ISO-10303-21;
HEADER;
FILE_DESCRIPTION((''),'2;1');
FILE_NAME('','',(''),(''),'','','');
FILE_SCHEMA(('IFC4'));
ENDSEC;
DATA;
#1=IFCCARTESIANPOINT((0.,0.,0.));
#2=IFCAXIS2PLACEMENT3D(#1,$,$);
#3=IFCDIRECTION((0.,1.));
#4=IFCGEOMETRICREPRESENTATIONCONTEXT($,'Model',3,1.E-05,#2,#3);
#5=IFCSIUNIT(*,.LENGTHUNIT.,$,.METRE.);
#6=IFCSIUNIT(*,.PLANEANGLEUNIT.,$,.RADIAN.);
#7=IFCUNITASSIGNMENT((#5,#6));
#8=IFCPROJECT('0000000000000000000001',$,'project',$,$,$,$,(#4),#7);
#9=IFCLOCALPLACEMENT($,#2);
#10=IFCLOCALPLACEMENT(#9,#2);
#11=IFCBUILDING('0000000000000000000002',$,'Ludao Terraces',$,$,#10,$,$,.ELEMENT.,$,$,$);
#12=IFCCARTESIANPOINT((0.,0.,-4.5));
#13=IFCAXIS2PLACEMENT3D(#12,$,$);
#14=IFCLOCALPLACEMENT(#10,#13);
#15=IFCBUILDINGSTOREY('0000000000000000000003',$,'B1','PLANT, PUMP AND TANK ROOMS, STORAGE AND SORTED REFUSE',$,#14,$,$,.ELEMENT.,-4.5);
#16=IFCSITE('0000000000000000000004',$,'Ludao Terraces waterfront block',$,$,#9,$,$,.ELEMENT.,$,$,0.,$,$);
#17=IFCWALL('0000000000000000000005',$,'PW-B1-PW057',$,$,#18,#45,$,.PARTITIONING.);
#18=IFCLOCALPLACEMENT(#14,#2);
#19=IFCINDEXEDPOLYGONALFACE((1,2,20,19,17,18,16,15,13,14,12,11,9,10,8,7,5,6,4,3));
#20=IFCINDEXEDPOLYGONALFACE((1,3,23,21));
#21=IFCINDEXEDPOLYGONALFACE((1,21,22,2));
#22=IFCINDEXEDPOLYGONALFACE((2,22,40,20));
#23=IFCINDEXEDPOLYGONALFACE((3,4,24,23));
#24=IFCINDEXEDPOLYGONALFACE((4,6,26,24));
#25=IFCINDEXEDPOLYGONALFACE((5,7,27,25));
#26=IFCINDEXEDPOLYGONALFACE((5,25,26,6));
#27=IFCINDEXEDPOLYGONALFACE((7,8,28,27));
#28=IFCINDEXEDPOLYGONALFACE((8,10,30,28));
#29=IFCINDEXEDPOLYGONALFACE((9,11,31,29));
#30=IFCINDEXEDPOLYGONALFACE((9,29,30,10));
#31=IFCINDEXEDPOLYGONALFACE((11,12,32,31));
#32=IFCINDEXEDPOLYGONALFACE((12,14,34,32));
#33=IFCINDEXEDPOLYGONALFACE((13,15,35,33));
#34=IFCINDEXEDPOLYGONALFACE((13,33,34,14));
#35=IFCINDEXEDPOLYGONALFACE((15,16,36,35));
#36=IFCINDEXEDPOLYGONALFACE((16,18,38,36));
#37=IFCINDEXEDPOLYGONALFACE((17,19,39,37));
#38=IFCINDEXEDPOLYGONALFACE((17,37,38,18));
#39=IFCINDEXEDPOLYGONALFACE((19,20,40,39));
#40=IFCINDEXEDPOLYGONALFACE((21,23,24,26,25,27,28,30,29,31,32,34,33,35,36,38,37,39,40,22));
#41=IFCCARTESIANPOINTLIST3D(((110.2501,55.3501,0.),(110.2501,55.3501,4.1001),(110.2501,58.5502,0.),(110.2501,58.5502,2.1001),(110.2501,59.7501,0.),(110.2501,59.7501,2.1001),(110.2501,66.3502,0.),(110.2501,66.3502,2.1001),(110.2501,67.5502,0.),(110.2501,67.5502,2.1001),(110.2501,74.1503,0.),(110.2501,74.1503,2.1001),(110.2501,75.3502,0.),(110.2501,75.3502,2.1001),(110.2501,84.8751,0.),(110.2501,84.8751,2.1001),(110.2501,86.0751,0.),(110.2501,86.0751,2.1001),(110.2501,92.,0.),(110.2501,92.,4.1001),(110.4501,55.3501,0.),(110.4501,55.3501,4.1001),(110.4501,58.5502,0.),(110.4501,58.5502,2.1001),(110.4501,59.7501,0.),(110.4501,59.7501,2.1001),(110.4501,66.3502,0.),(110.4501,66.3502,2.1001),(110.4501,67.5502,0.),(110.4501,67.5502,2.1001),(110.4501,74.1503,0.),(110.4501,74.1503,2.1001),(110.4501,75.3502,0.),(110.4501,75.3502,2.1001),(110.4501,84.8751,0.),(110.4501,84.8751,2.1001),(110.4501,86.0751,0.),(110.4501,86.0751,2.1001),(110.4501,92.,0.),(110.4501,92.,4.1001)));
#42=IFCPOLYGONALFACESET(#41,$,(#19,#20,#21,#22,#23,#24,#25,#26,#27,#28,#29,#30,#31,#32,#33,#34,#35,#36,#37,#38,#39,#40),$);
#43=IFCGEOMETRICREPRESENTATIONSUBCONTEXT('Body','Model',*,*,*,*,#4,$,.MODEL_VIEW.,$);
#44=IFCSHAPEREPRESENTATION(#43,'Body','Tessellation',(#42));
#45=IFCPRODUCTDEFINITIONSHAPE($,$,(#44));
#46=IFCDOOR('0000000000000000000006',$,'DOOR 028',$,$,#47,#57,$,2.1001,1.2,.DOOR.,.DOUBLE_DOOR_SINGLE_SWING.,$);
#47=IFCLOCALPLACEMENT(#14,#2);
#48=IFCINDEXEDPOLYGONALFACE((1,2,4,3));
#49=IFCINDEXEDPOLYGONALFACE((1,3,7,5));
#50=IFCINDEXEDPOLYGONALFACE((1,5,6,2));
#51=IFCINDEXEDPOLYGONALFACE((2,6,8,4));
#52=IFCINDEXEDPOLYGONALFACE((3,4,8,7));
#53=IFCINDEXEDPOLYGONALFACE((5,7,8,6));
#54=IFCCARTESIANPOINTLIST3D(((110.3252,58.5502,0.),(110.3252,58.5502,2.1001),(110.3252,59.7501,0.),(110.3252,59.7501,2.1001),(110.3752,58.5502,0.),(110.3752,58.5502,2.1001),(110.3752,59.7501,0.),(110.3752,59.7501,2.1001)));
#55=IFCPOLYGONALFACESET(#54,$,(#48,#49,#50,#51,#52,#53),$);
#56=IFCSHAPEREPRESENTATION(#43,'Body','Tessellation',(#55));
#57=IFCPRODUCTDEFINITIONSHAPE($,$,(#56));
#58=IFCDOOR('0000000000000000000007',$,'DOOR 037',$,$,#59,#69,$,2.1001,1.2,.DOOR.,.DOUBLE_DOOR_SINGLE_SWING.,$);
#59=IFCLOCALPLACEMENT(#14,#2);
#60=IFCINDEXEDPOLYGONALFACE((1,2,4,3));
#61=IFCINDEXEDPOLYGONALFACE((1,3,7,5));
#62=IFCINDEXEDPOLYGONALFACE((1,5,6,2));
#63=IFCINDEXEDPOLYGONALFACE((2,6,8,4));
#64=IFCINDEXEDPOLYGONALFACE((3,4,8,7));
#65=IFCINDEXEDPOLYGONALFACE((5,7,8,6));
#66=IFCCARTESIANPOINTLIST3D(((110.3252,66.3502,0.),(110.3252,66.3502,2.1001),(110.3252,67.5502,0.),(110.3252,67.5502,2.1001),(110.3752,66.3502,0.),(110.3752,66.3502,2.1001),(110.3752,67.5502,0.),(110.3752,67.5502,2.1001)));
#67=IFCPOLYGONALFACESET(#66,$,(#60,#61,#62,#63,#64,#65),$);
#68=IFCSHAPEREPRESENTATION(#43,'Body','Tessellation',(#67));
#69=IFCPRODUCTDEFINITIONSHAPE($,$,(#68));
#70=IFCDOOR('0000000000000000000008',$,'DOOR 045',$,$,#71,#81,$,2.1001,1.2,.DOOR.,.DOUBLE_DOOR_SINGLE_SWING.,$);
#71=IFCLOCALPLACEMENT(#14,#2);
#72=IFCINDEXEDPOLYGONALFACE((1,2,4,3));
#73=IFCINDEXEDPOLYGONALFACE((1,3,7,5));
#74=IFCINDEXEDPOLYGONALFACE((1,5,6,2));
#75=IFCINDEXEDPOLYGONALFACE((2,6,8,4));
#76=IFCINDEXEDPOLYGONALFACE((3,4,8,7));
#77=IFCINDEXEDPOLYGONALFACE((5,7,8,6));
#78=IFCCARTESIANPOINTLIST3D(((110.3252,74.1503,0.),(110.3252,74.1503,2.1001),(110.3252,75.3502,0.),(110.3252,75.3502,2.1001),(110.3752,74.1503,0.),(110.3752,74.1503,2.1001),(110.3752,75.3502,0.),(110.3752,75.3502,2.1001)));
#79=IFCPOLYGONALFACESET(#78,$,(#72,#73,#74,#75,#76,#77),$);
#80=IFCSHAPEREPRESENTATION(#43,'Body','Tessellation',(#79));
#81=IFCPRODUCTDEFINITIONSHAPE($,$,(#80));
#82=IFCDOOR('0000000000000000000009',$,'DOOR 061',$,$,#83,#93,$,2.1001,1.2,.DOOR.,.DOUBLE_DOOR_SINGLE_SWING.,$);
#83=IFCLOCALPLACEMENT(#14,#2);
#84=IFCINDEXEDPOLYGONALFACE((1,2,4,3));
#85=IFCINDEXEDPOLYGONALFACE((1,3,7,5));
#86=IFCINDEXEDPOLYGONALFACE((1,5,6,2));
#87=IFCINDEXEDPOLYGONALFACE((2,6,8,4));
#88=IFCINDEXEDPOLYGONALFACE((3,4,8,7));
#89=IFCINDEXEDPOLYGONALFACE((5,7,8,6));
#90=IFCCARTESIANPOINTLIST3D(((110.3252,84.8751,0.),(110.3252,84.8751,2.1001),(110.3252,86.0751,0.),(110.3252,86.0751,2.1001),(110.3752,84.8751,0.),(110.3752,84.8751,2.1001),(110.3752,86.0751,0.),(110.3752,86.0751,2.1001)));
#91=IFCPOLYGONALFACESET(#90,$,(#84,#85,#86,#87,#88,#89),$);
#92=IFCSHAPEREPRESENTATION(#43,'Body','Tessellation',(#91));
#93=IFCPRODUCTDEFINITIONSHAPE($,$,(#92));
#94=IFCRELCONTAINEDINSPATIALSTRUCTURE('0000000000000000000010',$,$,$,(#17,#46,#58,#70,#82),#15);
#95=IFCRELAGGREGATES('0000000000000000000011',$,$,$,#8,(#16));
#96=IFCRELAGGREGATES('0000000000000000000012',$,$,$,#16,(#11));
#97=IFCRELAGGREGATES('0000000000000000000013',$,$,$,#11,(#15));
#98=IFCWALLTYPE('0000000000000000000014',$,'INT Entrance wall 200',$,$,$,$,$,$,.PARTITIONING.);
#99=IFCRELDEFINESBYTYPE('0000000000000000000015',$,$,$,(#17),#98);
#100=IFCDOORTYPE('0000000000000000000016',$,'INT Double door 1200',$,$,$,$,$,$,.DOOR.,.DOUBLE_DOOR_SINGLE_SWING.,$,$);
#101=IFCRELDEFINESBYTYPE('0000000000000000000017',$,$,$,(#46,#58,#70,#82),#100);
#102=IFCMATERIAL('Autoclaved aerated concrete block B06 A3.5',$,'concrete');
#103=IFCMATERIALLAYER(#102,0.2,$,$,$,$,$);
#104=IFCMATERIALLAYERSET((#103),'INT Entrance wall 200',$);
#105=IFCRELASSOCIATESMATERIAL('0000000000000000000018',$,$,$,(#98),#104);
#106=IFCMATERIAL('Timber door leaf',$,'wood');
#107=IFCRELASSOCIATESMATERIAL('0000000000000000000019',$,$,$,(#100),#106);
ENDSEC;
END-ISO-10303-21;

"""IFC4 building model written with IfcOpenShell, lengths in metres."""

from ifc_helpers import new_model, si_unit, direction, frame, frame_2d, origin, place, context, subcontext, project, spatial, rectangle, extrude, material, layer, layer_set, type_object, element, fill, save


model = new_model("IFC4")

# Units and contexts
model_context = context("Model", 3, precision=1e-05, world=origin(), true_north=direction((0.0, 1.0)))
body_context = subcontext(model_context, "Body", "Model", "MODEL_VIEW")
ifc_project = project(units=[si_unit("LENGTHUNIT", "METRE"), si_unit("PLANEANGLEUNIT", "RADIAN")], contexts=[model_context])

# Site, building, storey
site_placement = place(None, origin())
site = spatial("IfcSite", under=ifc_project, at=site_placement, Name="Ludao Terraces waterfront block", CompositionType="ELEMENT", RefElevation=0.0)
building_placement = place(site_placement, origin())
building = spatial("IfcBuilding", under=site, at=building_placement, Name="Ludao Terraces", CompositionType="ELEMENT")
storey_placement = place(building_placement, frame((0.0, 0.0, -4.5)))
storey = spatial("IfcBuildingStorey", under=building, at=storey_placement, Name="B1", Description="PLANT, PUMP AND TANK ROOMS, STORAGE AND SORTED REFUSE", CompositionType="ELEMENT", Elevation=-4.5)

# Shared definitions
ifc_material_1 = material(Name="Autoclaved aerated concrete block B06 A3.5", Category="concrete")
ifc_layer_1 = layer(ifc_material_1, 0.2)
ifc_layer_set_1 = layer_set([ifc_layer_1], Name="INT Entrance wall 200")
wall_type_1 = type_object("IfcWallType", Name="INT Entrance wall 200", PredefinedType="PARTITIONING", material=ifc_layer_set_1)

# Wall, openings, doors
wall_1_placement = place(storey_placement, frame((110.3501, 55.3501, 0.0), z_axis=(0.0, 0.0, 1.0), x_axis=(0.0, 1.0, 0.0)))
wall_1 = element("IfcWall", 1, at=wall_1_placement, inside=storey, type_object=wall_type_1, Name="PW-B1-PW057", PredefinedType="PARTITIONING", context=body_context, shape_type="SweptSolid", body=[
    extrude(rectangle(XDim=36.6499, YDim=0.2, at=frame_2d((18.325, 0.0))), origin(), (0.0, 0.0, 1.0), 4.1001),
])
opening_1_placement = place(wall_1_placement, frame((3.2, 0.0, 0.0)))
opening_1 = element("IfcOpeningElement", 2, at=opening_1_placement, cuts=wall_1, PredefinedType="OPENING", context=body_context, shape_type="SweptSolid", body=[
    extrude(rectangle(XDim=1.2, YDim=2.1001, at=frame_2d((0.6001, 1.05))), frame((0.0, 0.1099, 0.0), z_axis=(0.0, -1.0, 0.0), x_axis=(1.0, 0.0, 0.0)), (0.0, 0.0, 1.0), 0.22),
])
opening_2_placement = place(wall_1_placement, frame((11.0, 0.0, 0.0)))
opening_2 = element("IfcOpeningElement", 3, at=opening_2_placement, cuts=wall_1, PredefinedType="OPENING", context=body_context, shape_type="SweptSolid", body=[
    extrude(rectangle(XDim=1.2, YDim=2.1001, at=frame_2d((0.6001, 1.05))), frame((0.0, 0.1099, 0.0), z_axis=(0.0, -1.0, 0.0), x_axis=(1.0, 0.0, 0.0)), (0.0, 0.0, 1.0), 0.22),
])
opening_3_placement = place(wall_1_placement, frame((18.8, 0.0, 0.0)))
opening_3 = element("IfcOpeningElement", 4, at=opening_3_placement, cuts=wall_1, PredefinedType="OPENING", context=body_context, shape_type="SweptSolid", body=[
    extrude(rectangle(XDim=1.2, YDim=2.1001, at=frame_2d((0.6001, 1.05))), frame((0.0, 0.1099, 0.0), z_axis=(0.0, -1.0, 0.0), x_axis=(1.0, 0.0, 0.0)), (0.0, 0.0, 1.0), 0.22),
])
opening_4_placement = place(wall_1_placement, frame((29.5249, 0.0, 0.0)))
opening_4 = element("IfcOpeningElement", 5, at=opening_4_placement, cuts=wall_1, PredefinedType="OPENING", context=body_context, shape_type="SweptSolid", body=[
    extrude(rectangle(XDim=1.2, YDim=2.1001, at=frame_2d((0.6001, 1.05))), frame((0.0, 0.1099, 0.0), z_axis=(0.0, -1.0, 0.0), x_axis=(1.0, 0.0, 0.0)), (0.0, 0.0, 1.0), 0.22),
])
ifc_material_2 = material(Name="Timber door leaf", Category="wood")
door_type = type_object("IfcDoorType", Name="INT Double door 1200", OperationType="DOUBLE_DOOR_SINGLE_SWING", PredefinedType="DOOR", material=ifc_material_2)
door_1_placement = place(opening_1_placement, origin())
door_1 = element("IfcDoor", 6, at=door_1_placement, inside=storey, type_object=door_type, Name="DOOR 028", OperationType="DOUBLE_DOOR_SINGLE_SWING", OverallHeight=2.1001, OverallWidth=1.2, PredefinedType="DOOR", context=body_context, shape_type="SweptSolid", body=[
    extrude(rectangle(XDim=1.2, YDim=2.1001, at=frame_2d((0.6001, 1.05))), frame((0.0, 0.0249, 0.0), z_axis=(0.0, -1.0, 0.0), x_axis=(1.0, 0.0, 0.0)), (0.0, 0.0, 1.0), 0.05),
])
fill(opening_1, door_1)
door_2_placement = place(opening_2_placement, origin())
door_2 = element("IfcDoor", 7, at=door_2_placement, inside=storey, type_object=door_type, Name="DOOR 037", OperationType="DOUBLE_DOOR_SINGLE_SWING", OverallHeight=2.1001, OverallWidth=1.2, PredefinedType="DOOR", context=body_context, shape_type="SweptSolid", body=[
    extrude(rectangle(XDim=1.2, YDim=2.1001, at=frame_2d((0.6001, 1.05))), frame((0.0, 0.0249, 0.0), z_axis=(0.0, -1.0, 0.0), x_axis=(1.0, 0.0, 0.0)), (0.0, 0.0, 1.0), 0.05),
])
fill(opening_2, door_2)
door_3_placement = place(opening_3_placement, origin())
door_3 = element("IfcDoor", 8, at=door_3_placement, inside=storey, type_object=door_type, Name="DOOR 045", OperationType="DOUBLE_DOOR_SINGLE_SWING", OverallHeight=2.1001, OverallWidth=1.2, PredefinedType="DOOR", context=body_context, shape_type="SweptSolid", body=[
    extrude(rectangle(XDim=1.2, YDim=2.1001, at=frame_2d((0.6001, 1.05))), frame((0.0, 0.0249, 0.0), z_axis=(0.0, -1.0, 0.0), x_axis=(1.0, 0.0, 0.0)), (0.0, 0.0, 1.0), 0.05),
])
fill(opening_3, door_3)
door_4_placement = place(opening_4_placement, origin())
door_4 = element("IfcDoor", 9, at=door_4_placement, inside=storey, type_object=door_type, Name="DOOR 061", OperationType="DOUBLE_DOOR_SINGLE_SWING", OverallHeight=2.1001, OverallWidth=1.2, PredefinedType="DOOR", context=body_context, shape_type="SweptSolid", body=[
    extrude(rectangle(XDim=1.2, YDim=2.1001, at=frame_2d((0.6001, 1.05))), frame((0.0, 0.0249, 0.0), z_axis=(0.0, -1.0, 0.0), x_axis=(1.0, 0.0, 0.0)), (0.0, 0.0, 1.0), 0.05),
])
fill(opening_4, door_4)

save(model, "model.ifc")
